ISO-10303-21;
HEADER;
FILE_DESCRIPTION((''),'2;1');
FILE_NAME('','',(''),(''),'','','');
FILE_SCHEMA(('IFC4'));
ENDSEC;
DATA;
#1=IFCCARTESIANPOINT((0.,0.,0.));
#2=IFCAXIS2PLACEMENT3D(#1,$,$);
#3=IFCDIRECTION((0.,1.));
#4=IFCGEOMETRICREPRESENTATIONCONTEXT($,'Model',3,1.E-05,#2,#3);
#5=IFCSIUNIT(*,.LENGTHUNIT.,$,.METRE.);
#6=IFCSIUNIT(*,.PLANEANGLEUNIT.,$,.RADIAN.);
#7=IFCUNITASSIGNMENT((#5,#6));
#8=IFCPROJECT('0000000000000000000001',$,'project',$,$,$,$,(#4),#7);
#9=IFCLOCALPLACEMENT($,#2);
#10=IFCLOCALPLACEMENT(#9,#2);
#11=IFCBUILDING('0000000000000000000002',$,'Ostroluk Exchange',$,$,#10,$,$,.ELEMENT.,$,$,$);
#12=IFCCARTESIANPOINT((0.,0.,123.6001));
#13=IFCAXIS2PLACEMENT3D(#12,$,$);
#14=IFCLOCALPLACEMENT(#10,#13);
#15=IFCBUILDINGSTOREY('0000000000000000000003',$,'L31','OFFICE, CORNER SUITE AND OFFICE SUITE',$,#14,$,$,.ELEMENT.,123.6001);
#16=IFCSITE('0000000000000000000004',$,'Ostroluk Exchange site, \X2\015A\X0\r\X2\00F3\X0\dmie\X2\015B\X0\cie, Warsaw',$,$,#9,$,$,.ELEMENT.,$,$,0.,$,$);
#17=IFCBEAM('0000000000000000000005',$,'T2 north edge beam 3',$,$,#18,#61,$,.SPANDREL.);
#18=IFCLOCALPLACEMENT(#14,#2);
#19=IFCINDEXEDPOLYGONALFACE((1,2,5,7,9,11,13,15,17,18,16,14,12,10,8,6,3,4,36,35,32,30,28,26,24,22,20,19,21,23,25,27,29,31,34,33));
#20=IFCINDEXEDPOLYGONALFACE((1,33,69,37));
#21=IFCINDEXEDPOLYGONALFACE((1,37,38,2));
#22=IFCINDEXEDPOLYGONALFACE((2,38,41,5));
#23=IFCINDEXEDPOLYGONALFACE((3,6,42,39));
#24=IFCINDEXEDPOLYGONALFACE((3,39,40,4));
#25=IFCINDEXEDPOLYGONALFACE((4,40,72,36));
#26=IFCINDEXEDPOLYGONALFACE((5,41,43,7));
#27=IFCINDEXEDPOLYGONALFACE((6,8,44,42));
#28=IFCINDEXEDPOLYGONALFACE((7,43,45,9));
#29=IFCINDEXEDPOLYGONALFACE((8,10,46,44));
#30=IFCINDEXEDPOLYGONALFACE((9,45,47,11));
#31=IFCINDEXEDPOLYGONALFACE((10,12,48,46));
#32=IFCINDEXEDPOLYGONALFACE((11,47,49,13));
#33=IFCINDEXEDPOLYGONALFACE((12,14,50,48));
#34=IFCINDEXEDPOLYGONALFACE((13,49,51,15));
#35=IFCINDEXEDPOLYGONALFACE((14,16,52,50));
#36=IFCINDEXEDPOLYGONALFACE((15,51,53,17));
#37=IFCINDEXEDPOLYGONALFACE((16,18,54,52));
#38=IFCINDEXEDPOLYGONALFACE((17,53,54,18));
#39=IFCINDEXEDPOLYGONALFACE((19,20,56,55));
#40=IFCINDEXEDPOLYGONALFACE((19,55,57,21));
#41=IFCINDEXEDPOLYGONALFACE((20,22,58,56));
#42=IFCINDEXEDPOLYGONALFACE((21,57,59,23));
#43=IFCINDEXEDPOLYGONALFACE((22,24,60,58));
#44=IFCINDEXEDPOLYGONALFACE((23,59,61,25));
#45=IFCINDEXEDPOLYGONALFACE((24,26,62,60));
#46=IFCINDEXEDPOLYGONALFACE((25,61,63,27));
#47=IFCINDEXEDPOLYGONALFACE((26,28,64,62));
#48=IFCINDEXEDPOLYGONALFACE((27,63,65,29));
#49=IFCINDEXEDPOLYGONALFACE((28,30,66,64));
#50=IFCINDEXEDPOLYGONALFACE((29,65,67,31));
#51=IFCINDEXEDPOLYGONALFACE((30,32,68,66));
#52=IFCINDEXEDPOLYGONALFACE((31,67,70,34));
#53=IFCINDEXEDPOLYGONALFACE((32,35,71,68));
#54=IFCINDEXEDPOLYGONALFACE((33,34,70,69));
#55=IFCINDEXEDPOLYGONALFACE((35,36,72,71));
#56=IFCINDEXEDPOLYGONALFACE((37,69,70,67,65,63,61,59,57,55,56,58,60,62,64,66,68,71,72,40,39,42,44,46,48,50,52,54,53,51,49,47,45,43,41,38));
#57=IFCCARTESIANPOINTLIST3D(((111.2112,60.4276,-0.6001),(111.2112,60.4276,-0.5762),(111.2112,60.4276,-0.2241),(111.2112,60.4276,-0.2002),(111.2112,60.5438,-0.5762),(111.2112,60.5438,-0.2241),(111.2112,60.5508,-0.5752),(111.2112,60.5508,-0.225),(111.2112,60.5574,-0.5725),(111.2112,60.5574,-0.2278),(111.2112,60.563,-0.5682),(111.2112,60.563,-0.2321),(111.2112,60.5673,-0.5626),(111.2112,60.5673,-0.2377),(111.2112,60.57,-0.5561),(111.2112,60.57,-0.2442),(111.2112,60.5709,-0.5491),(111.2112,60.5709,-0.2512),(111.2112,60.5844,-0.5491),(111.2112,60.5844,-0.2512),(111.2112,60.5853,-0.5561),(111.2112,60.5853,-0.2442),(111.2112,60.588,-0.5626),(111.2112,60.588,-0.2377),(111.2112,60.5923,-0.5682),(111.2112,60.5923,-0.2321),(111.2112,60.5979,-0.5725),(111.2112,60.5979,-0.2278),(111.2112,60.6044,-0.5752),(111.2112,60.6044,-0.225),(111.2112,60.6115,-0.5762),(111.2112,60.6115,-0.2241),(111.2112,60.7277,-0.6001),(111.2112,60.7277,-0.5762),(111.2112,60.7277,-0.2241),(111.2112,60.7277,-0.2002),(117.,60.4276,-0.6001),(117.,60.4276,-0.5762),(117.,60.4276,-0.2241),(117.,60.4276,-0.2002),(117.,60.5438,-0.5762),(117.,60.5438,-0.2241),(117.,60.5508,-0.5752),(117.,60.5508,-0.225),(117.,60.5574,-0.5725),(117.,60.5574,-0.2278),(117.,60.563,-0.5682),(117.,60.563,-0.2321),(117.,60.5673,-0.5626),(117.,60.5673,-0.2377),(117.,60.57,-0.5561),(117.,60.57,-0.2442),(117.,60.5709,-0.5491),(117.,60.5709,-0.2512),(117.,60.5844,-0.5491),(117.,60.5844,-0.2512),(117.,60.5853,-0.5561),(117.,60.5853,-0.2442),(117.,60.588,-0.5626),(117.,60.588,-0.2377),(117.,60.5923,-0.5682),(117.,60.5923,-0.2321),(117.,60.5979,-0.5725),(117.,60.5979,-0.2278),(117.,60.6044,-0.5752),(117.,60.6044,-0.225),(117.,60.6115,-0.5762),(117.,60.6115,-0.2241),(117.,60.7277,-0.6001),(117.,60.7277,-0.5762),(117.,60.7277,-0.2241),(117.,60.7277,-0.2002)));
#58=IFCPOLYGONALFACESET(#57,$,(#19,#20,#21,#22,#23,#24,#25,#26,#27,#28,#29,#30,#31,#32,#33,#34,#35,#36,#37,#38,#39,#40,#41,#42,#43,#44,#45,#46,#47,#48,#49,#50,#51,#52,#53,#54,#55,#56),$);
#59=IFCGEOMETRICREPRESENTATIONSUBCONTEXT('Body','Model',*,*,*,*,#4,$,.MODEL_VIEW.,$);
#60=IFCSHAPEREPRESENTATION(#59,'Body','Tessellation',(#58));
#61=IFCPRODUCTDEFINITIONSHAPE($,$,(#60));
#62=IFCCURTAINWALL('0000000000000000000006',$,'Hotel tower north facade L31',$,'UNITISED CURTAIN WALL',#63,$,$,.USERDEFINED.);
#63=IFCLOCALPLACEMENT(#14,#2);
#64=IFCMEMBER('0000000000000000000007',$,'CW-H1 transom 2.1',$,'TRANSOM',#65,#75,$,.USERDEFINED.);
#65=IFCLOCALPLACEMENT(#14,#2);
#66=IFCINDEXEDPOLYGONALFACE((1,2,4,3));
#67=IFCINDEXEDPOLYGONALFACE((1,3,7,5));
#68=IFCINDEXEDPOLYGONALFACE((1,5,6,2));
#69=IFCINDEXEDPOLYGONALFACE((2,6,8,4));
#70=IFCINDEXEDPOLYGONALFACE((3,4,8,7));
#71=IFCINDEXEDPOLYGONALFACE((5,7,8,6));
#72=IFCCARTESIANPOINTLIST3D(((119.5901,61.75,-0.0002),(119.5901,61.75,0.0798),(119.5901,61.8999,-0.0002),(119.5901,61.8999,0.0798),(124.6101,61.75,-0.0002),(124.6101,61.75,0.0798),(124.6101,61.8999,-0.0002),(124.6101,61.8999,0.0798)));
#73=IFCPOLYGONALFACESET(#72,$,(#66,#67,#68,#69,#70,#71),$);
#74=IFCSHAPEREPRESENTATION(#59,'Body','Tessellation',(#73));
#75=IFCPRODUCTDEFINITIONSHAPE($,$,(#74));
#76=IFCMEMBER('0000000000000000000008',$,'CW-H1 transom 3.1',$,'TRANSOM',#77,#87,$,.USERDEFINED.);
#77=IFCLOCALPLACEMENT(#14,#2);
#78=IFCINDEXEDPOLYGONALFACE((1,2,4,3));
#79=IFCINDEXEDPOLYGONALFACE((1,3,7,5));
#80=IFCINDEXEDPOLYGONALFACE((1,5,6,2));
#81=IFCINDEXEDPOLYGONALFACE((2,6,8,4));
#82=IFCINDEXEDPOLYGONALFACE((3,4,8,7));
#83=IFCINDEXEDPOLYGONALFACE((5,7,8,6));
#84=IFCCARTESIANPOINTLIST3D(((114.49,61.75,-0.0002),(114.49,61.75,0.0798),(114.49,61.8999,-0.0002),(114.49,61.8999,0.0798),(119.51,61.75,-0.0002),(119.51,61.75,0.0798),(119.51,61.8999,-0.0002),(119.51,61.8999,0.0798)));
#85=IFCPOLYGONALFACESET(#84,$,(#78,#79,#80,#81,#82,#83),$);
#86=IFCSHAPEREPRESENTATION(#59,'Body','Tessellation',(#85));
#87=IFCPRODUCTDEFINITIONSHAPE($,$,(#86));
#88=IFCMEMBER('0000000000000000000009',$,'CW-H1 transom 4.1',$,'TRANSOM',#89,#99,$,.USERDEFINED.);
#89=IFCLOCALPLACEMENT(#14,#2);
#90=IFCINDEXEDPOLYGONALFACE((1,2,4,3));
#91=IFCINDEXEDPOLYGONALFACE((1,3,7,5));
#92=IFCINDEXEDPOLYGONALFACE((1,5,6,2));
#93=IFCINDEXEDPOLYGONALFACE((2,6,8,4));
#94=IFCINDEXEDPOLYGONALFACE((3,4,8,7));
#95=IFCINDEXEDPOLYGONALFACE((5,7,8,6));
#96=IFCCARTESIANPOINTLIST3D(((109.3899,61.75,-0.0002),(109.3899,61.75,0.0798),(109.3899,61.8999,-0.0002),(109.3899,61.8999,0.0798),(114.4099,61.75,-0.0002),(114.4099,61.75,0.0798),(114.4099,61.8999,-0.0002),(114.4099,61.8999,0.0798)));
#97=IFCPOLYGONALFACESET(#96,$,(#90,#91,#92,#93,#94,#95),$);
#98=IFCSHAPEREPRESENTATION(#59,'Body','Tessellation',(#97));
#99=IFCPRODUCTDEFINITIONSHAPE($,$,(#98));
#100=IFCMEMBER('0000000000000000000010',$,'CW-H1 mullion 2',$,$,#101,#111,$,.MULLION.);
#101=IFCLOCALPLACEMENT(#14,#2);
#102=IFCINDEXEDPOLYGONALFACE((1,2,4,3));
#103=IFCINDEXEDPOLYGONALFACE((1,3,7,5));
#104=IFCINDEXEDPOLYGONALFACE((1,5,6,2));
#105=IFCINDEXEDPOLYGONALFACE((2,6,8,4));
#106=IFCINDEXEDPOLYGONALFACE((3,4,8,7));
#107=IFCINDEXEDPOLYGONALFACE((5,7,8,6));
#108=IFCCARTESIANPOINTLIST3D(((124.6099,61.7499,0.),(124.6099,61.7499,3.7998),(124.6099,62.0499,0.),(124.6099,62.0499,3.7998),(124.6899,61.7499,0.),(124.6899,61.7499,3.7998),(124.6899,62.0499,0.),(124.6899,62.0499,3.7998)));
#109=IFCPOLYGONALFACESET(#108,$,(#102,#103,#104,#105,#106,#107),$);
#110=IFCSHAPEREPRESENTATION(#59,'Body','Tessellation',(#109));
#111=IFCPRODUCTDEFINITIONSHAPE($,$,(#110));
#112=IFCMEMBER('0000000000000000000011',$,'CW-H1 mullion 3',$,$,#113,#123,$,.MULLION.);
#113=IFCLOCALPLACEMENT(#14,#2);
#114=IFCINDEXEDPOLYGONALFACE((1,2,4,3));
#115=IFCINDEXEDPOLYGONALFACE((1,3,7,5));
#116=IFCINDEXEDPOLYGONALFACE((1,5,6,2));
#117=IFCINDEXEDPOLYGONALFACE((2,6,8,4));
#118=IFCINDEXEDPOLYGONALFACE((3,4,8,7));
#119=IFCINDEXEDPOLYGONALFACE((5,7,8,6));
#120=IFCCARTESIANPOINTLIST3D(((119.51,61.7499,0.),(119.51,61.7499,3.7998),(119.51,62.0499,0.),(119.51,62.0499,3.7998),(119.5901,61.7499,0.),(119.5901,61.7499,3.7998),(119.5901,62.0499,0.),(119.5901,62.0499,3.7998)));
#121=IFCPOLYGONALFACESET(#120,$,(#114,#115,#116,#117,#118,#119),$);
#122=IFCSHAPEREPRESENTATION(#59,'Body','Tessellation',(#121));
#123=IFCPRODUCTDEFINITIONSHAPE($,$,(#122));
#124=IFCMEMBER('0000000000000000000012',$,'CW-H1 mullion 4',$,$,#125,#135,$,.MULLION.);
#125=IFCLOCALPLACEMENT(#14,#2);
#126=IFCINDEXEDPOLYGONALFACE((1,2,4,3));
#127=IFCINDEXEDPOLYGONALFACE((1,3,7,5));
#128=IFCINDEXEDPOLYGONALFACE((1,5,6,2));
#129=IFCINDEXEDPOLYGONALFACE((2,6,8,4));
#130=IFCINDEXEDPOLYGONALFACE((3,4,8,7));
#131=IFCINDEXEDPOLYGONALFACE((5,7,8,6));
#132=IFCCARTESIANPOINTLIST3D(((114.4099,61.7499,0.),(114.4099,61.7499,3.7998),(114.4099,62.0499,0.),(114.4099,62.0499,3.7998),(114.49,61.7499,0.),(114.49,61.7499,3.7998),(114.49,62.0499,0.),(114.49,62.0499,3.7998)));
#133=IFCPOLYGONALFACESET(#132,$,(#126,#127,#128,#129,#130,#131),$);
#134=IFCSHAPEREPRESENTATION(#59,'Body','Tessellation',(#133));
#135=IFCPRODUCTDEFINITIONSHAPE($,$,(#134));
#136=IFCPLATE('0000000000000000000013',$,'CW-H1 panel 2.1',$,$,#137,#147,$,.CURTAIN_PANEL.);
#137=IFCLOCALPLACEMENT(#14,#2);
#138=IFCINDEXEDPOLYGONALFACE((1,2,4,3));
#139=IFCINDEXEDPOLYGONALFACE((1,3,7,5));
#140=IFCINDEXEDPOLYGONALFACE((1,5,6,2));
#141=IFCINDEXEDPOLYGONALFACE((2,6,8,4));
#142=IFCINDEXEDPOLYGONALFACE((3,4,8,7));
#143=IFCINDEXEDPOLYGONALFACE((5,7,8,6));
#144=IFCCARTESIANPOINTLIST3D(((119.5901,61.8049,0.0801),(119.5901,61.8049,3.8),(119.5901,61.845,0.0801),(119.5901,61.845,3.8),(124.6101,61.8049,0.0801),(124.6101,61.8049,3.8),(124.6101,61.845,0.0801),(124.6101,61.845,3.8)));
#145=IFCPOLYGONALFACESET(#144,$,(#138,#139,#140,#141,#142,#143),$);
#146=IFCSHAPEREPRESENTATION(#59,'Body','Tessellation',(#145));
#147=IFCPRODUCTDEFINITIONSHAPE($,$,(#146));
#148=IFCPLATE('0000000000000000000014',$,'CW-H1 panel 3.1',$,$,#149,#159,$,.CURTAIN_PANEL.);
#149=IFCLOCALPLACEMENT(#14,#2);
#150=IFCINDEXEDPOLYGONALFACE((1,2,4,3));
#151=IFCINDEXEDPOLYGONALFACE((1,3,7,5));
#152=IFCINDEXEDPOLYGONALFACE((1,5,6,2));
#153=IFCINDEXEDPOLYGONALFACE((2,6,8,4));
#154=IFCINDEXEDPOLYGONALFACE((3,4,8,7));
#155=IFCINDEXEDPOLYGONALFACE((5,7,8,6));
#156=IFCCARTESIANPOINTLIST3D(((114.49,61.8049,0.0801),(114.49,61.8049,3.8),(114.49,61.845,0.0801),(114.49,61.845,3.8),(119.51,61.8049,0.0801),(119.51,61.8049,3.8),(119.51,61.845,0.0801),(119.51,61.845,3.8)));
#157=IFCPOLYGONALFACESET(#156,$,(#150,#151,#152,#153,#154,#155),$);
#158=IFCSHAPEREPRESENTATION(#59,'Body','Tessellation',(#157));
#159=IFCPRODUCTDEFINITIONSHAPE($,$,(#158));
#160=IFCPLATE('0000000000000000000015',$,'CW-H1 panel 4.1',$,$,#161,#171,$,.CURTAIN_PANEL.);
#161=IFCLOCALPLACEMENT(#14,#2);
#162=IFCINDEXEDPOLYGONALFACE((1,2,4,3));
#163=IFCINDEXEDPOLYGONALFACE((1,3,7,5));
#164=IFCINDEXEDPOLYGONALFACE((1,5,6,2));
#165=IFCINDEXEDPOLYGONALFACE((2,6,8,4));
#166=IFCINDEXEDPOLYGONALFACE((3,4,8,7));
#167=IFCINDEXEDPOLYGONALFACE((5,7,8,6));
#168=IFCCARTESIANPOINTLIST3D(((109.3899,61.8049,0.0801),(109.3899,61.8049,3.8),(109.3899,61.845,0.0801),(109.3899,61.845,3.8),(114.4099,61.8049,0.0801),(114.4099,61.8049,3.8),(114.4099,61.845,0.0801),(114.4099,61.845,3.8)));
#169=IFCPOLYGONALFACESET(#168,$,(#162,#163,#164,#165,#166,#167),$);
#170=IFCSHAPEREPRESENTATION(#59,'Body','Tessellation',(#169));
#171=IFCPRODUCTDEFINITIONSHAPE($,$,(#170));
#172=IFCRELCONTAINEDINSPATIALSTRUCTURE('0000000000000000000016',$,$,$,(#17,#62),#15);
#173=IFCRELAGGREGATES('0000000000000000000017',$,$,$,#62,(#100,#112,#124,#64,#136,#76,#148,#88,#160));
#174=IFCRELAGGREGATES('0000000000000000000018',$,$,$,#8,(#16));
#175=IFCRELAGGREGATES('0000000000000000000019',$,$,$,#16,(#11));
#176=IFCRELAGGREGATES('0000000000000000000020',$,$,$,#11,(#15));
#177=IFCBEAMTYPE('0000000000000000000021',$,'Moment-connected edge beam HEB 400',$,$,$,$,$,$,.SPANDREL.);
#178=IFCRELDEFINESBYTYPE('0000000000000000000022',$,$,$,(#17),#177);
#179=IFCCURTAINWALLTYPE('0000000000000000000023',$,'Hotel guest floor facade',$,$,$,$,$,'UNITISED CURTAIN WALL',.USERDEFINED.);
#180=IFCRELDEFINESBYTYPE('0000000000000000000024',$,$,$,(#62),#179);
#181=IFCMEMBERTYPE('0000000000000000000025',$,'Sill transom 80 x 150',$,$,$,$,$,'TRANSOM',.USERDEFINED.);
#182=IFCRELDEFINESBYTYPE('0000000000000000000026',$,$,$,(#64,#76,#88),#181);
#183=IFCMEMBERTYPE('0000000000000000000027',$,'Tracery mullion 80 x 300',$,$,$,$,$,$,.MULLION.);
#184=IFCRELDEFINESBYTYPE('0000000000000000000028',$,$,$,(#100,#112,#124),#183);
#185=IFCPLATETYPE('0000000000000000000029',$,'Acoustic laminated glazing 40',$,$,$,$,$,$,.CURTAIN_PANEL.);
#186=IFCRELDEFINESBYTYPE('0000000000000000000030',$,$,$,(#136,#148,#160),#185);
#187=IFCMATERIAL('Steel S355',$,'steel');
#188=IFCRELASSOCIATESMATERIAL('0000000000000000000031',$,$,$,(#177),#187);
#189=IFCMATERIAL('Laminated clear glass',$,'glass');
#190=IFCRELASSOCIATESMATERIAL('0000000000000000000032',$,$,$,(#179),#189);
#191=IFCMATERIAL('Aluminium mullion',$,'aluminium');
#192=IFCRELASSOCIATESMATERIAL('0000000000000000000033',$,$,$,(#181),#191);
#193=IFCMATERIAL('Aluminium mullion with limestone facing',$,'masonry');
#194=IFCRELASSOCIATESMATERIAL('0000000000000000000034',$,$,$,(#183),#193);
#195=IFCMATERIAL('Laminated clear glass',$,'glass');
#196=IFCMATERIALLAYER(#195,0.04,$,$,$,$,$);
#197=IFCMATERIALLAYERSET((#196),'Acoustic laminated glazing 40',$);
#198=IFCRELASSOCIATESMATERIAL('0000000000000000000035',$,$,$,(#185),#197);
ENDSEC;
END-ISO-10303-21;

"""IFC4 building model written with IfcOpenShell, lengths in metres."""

from ifc_helpers import new_model, si_unit, direction, frame, origin, origin_2d, place, context, subcontext, project, spatial, rectangle, i_section, extrude, material, layer, layer_set, material_profile, profile_set, type_object, element, aggregate, save


model = new_model("IFC4")

# Units and contexts
model_context = context("Model", 3, precision=1e-05, world=origin(), true_north=direction((0.0, 1.0)))
body_context = subcontext(model_context, "Body", "Model", "MODEL_VIEW")
ifc_project = project(units=[si_unit("LENGTHUNIT", "METRE"), si_unit("PLANEANGLEUNIT", "RADIAN")], contexts=[model_context])

# Site, building, storey
site_placement = place(None, origin())
site = spatial("IfcSite", under=ifc_project, at=site_placement, Name="Ostroluk Exchange site, Śródmieście, Warsaw", CompositionType="ELEMENT", RefElevation=0.0)
building_placement = place(site_placement, origin())
building = spatial("IfcBuilding", under=site, at=building_placement, Name="Ostroluk Exchange", CompositionType="ELEMENT")
storey_placement = place(building_placement, frame((0.0, 0.0, 123.6001)))
storey = spatial("IfcBuildingStorey", under=building, at=storey_placement, Name="L31", Description="OFFICE, CORNER SUITE AND OFFICE SUITE", CompositionType="ELEMENT", Elevation=123.6001)

# Beam
ifc_material_1 = material(Name="Steel S355", Category="steel")
ifc_material_profile_1 = material_profile(ifc_material_1, i_section(OverallWidth=0.3, OverallDepth=0.3999, WebThickness=0.0134, FlangeThickness=0.0239, FilletRadius=0.0271, at=origin_2d()), Name="HEB 400")
ifc_profile_set_1 = profile_set([ifc_material_profile_1], Name="Steel S355")
beam_type = type_object("IfcBeamType", Name="Moment-connected edge beam HEB 400", PredefinedType="SPANDREL", material=ifc_profile_set_1)
for number, where, z_axis, x_axis, name in (
    (1, (117.0, 60.5776, -0.4001), (-1.0, 0.0, 0.0), (0.0, -1.0, 0.0), "T2 north edge beam 3"),
):
    element("IfcBeam", number, at=place(storey_placement, frame(where, z_axis=z_axis, x_axis=x_axis)), inside=storey, type_object=beam_type, Name=name, PredefinedType="SPANDREL", context=body_context, shape_type="SweptSolid", body=[
        extrude(i_section(OverallWidth=0.3, OverallDepth=0.3999, WebThickness=0.0134, FlangeThickness=0.0239, FilletRadius=0.0271, at=origin_2d()), origin(), (0.0, 0.0, 1.0), 5.7888),
    ])

# Curtain wall, members, plates
ifc_material_2 = material(Name="Laminated clear glass", Category="glass")
curtain_wall_type = type_object("IfcCurtainWallType", Name="Hotel guest floor facade", ElementType="UNITISED CURTAIN WALL", PredefinedType="USERDEFINED", material=ifc_material_2)
curtain_wall_placement = place(storey_placement, origin())
curtain_wall = element("IfcCurtainWall", 2, at=curtain_wall_placement, inside=storey, type_object=curtain_wall_type, Name="Hotel tower north facade L31", ObjectType="UNITISED CURTAIN WALL", PredefinedType="USERDEFINED")
ifc_material_3 = material(Name="Aluminium mullion", Category="aluminium")
ifc_material_profile_2 = material_profile(ifc_material_3, rectangle(XDim=0.1499, YDim=0.0801, at=origin_2d()), Name="Sill transom 80 x 150")
ifc_profile_set_2 = profile_set([ifc_material_profile_2], Name="Aluminium mullion")
member_type_1 = type_object("IfcMemberType", Name="Sill transom 80 x 150", ElementType="TRANSOM", PredefinedType="USERDEFINED", material=ifc_profile_set_2)
member_1_placement = place(storey_placement, frame((124.6101, 61.825, 0.0398), z_axis=(-1.0, 0.0, 0.0), x_axis=(0.0, -1.0, 0.0)))
member_1 = element("IfcMember", 3, at=member_1_placement, type_object=member_type_1, Name="CW-H1 transom 2.1", ObjectType="TRANSOM", PredefinedType="USERDEFINED", context=body_context, shape_type="SweptSolid", body=[
    extrude(rectangle(XDim=0.1499, YDim=0.0801, at=origin_2d()), origin(), (0.0, 0.0, 1.0), 5.02),
])
member_2_placement = place(storey_placement, frame((119.51, 61.825, 0.0398), z_axis=(-1.0, 0.0, 0.0), x_axis=(0.0, -1.0, 0.0)))
member_2 = element("IfcMember", 4, at=member_2_placement, type_object=member_type_1, Name="CW-H1 transom 3.1", ObjectType="TRANSOM", PredefinedType="USERDEFINED", context=body_context, shape_type="SweptSolid", body=[
    extrude(rectangle(XDim=0.1499, YDim=0.0801, at=origin_2d()), origin(), (0.0, 0.0, 1.0), 5.02),
])
member_3_placement = place(storey_placement, frame((114.4099, 61.825, 0.0398), z_axis=(-1.0, 0.0, 0.0), x_axis=(0.0, -1.0, 0.0)))
member_3 = element("IfcMember", 5, at=member_3_placement, type_object=member_type_1, Name="CW-H1 transom 4.1", ObjectType="TRANSOM", PredefinedType="USERDEFINED", context=body_context, shape_type="SweptSolid", body=[
    extrude(rectangle(XDim=0.1499, YDim=0.0801, at=origin_2d()), origin(), (0.0, 0.0, 1.0), 5.02),
])
ifc_material_4 = material(Name="Aluminium mullion with limestone facing", Category="masonry")
ifc_material_profile_3 = material_profile(ifc_material_4, rectangle(XDim=0.3, YDim=0.0801, at=origin_2d()), Name="Tracery mullion 80 x 300")
ifc_profile_set_3 = profile_set([ifc_material_profile_3], Name="Aluminium mullion with limestone facing")
member_type_2 = type_object("IfcMemberType", Name="Tracery mullion 80 x 300", PredefinedType="MULLION", material=ifc_profile_set_3)
member_4_placement = place(storey_placement, frame((124.6499, 61.8999, 0.0), z_axis=(0.0, 0.0, 1.0), x_axis=(0.0, -1.0, 0.0)))
member_4 = element("IfcMember", 6, at=member_4_placement, type_object=member_type_2, Name="CW-H1 mullion 2", PredefinedType="MULLION", context=body_context, shape_type="SweptSolid", body=[
    extrude(rectangle(XDim=0.3, YDim=0.0801, at=origin_2d()), origin(), (0.0, 0.0, 1.0), 3.7998),
])
member_5_placement = place(storey_placement, frame((119.55, 61.8999, 0.0), z_axis=(0.0, 0.0, 1.0), x_axis=(0.0, -1.0, 0.0)))
member_5 = element("IfcMember", 7, at=member_5_placement, type_object=member_type_2, Name="CW-H1 mullion 3", PredefinedType="MULLION", context=body_context, shape_type="SweptSolid", body=[
    extrude(rectangle(XDim=0.3, YDim=0.0801, at=origin_2d()), origin(), (0.0, 0.0, 1.0), 3.7998),
])
member_6_placement = place(storey_placement, frame((114.45, 61.8999, 0.0), z_axis=(0.0, 0.0, 1.0), x_axis=(0.0, -1.0, 0.0)))
member_6 = element("IfcMember", 8, at=member_6_placement, type_object=member_type_2, Name="CW-H1 mullion 4", PredefinedType="MULLION", context=body_context, shape_type="SweptSolid", body=[
    extrude(rectangle(XDim=0.3, YDim=0.0801, at=origin_2d()), origin(), (0.0, 0.0, 1.0), 3.7998),
])
ifc_material_5 = material(Name="Laminated clear glass", Category="glass")
ifc_layer_1 = layer(ifc_material_5, 0.04)
ifc_layer_set_1 = layer_set([ifc_layer_1], Name="Acoustic laminated glazing 40")
plate_type = type_object("IfcPlateType", Name="Acoustic laminated glazing 40", PredefinedType="CURTAIN_PANEL", material=ifc_layer_set_1)
plate_1_placement = place(storey_placement, frame((122.1001, 61.825, 0.0801), z_axis=(0.0, 0.0, 1.0), x_axis=(-1.0, 0.0, 0.0)))
plate_1 = element("IfcPlate", 9, at=plate_1_placement, type_object=plate_type, Name="CW-H1 panel 2.1", PredefinedType="CURTAIN_PANEL", context=body_context, shape_type="SweptSolid", body=[
    extrude(rectangle(XDim=5.02, YDim=0.04, at=origin_2d()), origin(), (0.0, 0.0, 1.0), 3.72),
])
plate_2_placement = place(storey_placement, frame((117.0, 61.825, 0.0801), z_axis=(0.0, 0.0, 1.0), x_axis=(-1.0, 0.0, 0.0)))
plate_2 = element("IfcPlate", 10, at=plate_2_placement, type_object=plate_type, Name="CW-H1 panel 3.1", PredefinedType="CURTAIN_PANEL", context=body_context, shape_type="SweptSolid", body=[
    extrude(rectangle(XDim=5.02, YDim=0.04, at=origin_2d()), origin(), (0.0, 0.0, 1.0), 3.72),
])
plate_3_placement = place(storey_placement, frame((111.8999, 61.825, 0.0801), z_axis=(0.0, 0.0, 1.0), x_axis=(-1.0, 0.0, 0.0)))
plate_3 = element("IfcPlate", 11, at=plate_3_placement, type_object=plate_type, Name="CW-H1 panel 4.1", PredefinedType="CURTAIN_PANEL", context=body_context, shape_type="SweptSolid", body=[
    extrude(rectangle(XDim=5.02, YDim=0.04, at=origin_2d()), origin(), (0.0, 0.0, 1.0), 3.72),
])
aggregate(curtain_wall, [member_4, member_5, member_6, member_1, plate_1, member_2, plate_2, member_3, plate_3])

save(model, "model.ifc")
